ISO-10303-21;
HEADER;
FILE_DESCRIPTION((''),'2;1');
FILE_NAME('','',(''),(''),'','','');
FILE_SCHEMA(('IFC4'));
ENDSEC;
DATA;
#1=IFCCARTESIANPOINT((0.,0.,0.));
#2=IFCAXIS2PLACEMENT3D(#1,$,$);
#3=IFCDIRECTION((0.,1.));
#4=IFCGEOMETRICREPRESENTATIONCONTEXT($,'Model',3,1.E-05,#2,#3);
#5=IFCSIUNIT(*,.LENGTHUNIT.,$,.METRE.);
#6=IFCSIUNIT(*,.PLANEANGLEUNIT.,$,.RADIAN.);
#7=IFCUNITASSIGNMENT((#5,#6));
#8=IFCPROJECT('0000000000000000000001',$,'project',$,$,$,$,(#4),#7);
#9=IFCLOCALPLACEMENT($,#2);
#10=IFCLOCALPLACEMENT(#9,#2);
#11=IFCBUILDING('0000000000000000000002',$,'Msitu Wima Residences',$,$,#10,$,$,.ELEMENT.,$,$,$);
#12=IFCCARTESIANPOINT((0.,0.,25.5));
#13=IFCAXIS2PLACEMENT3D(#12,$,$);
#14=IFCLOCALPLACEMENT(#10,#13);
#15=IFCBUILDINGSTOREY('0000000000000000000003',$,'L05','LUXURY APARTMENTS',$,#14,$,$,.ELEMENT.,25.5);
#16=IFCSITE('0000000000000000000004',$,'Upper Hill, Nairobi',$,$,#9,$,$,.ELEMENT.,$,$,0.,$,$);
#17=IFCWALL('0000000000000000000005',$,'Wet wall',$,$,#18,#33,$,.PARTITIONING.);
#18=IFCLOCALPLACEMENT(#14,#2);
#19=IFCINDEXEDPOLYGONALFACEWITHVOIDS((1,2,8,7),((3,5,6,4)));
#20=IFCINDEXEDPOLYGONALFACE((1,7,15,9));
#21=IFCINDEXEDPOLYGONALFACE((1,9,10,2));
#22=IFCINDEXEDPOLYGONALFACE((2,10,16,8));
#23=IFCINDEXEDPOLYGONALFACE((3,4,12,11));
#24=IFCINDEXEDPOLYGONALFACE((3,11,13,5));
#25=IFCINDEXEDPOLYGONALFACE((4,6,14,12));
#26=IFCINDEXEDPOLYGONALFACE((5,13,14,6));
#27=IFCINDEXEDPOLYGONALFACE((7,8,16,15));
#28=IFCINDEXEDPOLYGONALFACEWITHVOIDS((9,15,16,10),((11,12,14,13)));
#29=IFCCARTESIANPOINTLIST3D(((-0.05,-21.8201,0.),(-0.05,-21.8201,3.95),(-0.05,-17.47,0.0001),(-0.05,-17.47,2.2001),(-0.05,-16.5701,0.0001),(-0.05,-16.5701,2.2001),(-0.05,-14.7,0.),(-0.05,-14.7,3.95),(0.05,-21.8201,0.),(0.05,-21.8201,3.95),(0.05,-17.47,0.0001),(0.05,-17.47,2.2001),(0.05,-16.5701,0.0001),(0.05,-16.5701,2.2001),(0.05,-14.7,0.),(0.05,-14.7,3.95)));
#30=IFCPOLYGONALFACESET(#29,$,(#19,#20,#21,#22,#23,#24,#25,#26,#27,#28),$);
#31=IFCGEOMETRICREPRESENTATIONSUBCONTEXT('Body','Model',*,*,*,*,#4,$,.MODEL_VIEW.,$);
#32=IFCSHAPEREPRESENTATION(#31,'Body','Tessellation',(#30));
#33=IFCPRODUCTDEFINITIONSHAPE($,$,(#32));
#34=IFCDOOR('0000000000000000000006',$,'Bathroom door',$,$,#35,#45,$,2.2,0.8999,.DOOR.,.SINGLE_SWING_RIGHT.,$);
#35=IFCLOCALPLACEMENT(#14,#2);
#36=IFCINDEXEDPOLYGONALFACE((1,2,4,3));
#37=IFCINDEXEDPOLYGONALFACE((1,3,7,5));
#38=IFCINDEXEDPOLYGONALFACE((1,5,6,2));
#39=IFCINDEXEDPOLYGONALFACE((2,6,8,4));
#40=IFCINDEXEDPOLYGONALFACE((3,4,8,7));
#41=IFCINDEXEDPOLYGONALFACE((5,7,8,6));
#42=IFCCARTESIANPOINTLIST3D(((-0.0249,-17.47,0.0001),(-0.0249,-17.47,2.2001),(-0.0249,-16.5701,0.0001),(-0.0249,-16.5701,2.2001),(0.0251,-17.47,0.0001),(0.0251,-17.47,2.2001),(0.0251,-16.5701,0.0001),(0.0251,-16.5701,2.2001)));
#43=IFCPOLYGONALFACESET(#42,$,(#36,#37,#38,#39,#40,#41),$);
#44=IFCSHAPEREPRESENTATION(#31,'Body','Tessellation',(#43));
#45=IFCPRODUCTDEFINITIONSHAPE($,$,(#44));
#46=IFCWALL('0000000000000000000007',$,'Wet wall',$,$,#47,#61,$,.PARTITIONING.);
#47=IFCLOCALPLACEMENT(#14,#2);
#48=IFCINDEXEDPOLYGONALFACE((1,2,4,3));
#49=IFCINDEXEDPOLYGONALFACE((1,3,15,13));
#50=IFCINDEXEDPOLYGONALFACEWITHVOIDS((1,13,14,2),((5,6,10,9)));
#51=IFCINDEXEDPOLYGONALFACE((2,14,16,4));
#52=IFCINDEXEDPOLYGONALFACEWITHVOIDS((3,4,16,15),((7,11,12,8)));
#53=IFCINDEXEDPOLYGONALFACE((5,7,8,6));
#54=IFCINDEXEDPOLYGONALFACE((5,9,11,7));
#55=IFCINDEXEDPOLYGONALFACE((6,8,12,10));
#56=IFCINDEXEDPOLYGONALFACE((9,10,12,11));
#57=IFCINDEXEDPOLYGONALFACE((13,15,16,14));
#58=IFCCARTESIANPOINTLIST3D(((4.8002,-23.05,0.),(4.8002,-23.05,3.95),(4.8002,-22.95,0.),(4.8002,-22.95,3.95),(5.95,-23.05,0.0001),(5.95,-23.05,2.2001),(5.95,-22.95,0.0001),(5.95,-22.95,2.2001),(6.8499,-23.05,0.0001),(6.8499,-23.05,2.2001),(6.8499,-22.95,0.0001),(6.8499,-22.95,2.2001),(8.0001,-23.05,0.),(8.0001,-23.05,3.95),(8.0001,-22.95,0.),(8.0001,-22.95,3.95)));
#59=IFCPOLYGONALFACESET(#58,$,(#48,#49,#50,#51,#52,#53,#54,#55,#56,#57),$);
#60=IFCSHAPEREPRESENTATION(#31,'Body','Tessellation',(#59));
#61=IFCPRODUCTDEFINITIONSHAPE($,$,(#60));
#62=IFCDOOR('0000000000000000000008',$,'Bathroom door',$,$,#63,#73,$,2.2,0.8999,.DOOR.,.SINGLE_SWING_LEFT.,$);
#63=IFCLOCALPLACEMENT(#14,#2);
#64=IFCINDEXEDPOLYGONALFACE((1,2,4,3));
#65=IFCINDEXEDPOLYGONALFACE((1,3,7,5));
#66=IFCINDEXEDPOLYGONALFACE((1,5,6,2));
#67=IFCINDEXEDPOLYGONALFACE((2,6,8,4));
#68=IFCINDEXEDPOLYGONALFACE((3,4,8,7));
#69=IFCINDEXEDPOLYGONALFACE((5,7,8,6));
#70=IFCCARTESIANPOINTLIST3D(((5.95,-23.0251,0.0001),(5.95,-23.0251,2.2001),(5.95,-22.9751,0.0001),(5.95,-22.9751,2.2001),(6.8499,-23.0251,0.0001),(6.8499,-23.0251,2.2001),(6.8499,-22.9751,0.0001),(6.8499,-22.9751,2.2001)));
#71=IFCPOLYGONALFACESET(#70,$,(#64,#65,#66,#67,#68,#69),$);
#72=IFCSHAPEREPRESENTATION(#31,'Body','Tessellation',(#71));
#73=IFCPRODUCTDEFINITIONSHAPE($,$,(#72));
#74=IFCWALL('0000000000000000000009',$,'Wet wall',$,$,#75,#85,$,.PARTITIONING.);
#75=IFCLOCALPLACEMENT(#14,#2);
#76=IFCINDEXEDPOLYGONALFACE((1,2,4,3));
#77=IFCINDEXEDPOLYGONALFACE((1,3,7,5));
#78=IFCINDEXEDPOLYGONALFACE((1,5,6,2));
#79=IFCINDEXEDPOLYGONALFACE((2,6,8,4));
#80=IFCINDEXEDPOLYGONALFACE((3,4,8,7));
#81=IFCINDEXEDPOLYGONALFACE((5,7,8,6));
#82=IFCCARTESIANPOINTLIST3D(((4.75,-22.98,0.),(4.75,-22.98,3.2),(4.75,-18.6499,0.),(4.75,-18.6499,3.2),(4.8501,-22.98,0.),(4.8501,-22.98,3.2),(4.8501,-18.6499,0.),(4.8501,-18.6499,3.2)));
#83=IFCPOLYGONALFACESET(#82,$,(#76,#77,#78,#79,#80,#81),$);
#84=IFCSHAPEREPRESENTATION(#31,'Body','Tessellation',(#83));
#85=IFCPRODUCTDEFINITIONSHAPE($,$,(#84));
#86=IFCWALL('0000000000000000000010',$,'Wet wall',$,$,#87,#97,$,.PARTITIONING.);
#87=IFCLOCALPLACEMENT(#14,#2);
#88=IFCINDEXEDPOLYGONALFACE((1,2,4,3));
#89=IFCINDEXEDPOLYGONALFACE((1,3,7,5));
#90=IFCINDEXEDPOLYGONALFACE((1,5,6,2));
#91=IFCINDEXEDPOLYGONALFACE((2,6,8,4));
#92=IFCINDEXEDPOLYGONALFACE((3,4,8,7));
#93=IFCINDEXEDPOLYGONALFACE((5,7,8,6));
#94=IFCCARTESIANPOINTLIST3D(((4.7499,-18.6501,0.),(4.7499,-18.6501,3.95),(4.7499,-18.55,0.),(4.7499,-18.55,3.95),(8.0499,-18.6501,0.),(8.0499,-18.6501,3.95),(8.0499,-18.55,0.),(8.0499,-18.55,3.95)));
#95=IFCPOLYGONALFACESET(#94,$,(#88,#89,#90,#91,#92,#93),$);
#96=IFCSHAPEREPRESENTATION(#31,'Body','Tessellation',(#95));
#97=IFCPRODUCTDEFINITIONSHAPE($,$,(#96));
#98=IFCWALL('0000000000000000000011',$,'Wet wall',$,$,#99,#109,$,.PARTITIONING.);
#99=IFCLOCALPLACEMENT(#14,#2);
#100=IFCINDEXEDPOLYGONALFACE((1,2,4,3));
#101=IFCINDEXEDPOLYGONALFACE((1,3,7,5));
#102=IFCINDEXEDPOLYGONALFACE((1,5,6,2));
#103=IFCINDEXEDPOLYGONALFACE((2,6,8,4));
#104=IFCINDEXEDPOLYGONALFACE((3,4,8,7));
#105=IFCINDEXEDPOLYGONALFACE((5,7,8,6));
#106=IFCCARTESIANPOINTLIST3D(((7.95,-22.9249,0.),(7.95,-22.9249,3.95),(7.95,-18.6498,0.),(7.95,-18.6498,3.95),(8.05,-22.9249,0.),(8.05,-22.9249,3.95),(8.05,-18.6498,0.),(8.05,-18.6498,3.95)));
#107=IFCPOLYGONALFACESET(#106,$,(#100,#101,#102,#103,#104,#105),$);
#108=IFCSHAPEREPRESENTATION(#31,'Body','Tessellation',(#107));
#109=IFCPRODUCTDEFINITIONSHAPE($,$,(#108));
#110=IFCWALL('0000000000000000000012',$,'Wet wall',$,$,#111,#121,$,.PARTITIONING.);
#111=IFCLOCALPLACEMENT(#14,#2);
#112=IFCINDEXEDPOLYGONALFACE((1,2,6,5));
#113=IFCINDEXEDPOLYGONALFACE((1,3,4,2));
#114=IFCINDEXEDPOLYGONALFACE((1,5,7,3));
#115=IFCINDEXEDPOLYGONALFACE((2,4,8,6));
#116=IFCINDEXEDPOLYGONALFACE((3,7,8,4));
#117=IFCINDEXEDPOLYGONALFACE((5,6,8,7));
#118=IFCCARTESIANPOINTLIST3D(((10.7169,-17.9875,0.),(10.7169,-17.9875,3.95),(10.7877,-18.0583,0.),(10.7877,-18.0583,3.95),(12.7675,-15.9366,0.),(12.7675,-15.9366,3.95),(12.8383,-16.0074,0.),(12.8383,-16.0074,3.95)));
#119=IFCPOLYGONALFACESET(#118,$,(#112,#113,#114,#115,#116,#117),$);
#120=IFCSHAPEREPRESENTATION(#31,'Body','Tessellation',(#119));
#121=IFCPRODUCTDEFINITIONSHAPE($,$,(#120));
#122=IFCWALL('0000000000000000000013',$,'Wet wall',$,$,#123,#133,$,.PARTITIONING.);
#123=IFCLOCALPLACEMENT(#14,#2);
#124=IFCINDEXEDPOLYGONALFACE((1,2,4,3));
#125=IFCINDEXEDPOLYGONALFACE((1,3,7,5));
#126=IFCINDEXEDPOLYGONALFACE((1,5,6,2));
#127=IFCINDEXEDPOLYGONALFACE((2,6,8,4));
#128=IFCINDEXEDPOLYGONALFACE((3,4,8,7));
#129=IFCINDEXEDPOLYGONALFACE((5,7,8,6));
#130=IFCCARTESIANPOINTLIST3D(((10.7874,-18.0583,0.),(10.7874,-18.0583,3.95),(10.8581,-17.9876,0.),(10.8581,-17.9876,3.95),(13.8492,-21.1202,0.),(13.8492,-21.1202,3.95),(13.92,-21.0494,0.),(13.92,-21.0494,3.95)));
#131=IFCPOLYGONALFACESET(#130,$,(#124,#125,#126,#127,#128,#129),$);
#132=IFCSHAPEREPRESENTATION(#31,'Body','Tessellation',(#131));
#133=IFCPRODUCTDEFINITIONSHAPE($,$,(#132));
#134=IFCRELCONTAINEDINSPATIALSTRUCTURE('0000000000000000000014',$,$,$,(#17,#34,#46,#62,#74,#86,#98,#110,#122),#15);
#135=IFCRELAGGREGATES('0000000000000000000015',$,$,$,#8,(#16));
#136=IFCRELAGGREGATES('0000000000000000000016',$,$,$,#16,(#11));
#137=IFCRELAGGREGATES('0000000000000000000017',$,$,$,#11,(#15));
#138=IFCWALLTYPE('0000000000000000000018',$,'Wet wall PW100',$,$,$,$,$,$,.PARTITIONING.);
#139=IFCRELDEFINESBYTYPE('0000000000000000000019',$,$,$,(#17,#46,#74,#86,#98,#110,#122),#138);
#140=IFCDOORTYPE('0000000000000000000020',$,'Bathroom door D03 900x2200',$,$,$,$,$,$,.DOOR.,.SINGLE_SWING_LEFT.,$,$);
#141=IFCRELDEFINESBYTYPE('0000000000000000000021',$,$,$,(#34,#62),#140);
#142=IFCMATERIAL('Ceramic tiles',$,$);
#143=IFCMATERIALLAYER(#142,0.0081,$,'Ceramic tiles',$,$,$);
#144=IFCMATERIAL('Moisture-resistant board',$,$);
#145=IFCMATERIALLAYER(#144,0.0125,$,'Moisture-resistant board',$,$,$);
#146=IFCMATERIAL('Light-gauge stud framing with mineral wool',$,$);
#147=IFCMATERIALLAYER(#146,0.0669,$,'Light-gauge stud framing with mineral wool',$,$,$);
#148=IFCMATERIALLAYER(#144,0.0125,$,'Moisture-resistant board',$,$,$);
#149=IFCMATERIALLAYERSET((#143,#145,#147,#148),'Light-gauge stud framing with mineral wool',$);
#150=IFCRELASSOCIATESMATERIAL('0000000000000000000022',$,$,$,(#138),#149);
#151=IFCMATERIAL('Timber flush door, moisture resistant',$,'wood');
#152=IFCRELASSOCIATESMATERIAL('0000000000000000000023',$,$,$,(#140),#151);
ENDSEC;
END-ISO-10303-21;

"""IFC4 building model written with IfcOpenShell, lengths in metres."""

from ifc_helpers import new_model, si_unit, direction, frame, frame_2d, origin, place, context, subcontext, project, spatial, rectangle, extrude, material, layer, layer_set, type_object, element, fill, save


model = new_model("IFC4")

# Units and contexts
model_context = context("Model", 3, precision=1e-05, world=origin(), true_north=direction((0.0, 1.0)))
body_context = subcontext(model_context, "Body", "Model", "MODEL_VIEW")
ifc_project = project(units=[si_unit("LENGTHUNIT", "METRE"), si_unit("PLANEANGLEUNIT", "RADIAN")], contexts=[model_context])

# Site, building, storey
site_placement = place(None, origin())
site = spatial("IfcSite", under=ifc_project, at=site_placement, Name="Upper Hill, Nairobi", CompositionType="ELEMENT", RefElevation=0.0)
building_placement = place(site_placement, origin())
building = spatial("IfcBuilding", under=site, at=building_placement, Name="Msitu Wima Residences", CompositionType="ELEMENT")
storey_placement = place(building_placement, frame((0.0, 0.0, 25.5)))
storey = spatial("IfcBuildingStorey", under=building, at=storey_placement, Name="L05", Description="LUXURY APARTMENTS", CompositionType="ELEMENT", Elevation=25.5)

# Walls, openings, doors
ifc_material_1 = material(Name="Ceramic tiles")
ifc_layer_1 = layer(ifc_material_1, 0.0081, Name="Ceramic tiles")
ifc_material_2 = material(Name="Moisture-resistant board")
ifc_layer_2 = layer(ifc_material_2, 0.0125, Name="Moisture-resistant board")
ifc_material_3 = material(Name="Light-gauge stud framing with mineral wool")
ifc_layer_3 = layer(ifc_material_3, 0.0669, Name="Light-gauge stud framing with mineral wool")
ifc_layer_4 = layer(ifc_material_2, 0.0125, Name="Moisture-resistant board")
ifc_layer_set_1 = layer_set([ifc_layer_1, ifc_layer_2, ifc_layer_3, ifc_layer_4], Name="Light-gauge stud framing with mineral wool")
wall_type_1 = type_object("IfcWallType", Name="Wet wall PW100", PredefinedType="PARTITIONING", material=ifc_layer_set_1)
wall_1_placement = place(storey_placement, frame((0.0, -21.8201, 0.0), z_axis=(0.0, 0.0, 1.0), x_axis=(0.0, 1.0, 0.0)))
wall_1 = element("IfcWall", 1, at=wall_1_placement, inside=storey, type_object=wall_type_1, Name="Wet wall", PredefinedType="PARTITIONING", context=body_context, shape_type="SweptSolid", body=[
    extrude(rectangle(XDim=7.1201, YDim=0.1001, at=frame_2d((3.5601, 0.0))), origin(), (0.0, 0.0, 1.0), 3.95),
])
opening_1_placement = place(wall_1_placement, frame((4.3501, 0.0, 0.0)))
opening_1 = element("IfcOpeningElement", 2, at=opening_1_placement, cuts=wall_1, PredefinedType="OPENING", context=body_context, shape_type="SweptSolid", body=[
    extrude(rectangle(XDim=0.8999, YDim=2.2, at=frame_2d((0.45, 1.1001))), frame((0.0, 0.0601, 0.0), z_axis=(0.0, -1.0, 0.0), x_axis=(1.0, 0.0, 0.0)), (0.0, 0.0, 1.0), 0.1201),
])
ifc_material_4 = material(Name="Timber flush door, moisture resistant", Category="wood")
door_type_1 = type_object("IfcDoorType", Name="Bathroom door D03 900x2200", OperationType="SINGLE_SWING_LEFT", PredefinedType="DOOR", material=ifc_material_4)
door_1_placement = place(opening_1_placement, origin())
door_1 = element("IfcDoor", 3, at=door_1_placement, inside=storey, type_object=door_type_1, Name="Bathroom door", OperationType="SINGLE_SWING_RIGHT", OverallHeight=2.2, OverallWidth=0.8999, PredefinedType="DOOR", context=body_context, shape_type="SweptSolid", body=[
    extrude(rectangle(XDim=0.8999, YDim=2.2, at=frame_2d((0.45, 1.1001))), frame((0.0, 0.0249, 0.0), z_axis=(0.0, -1.0, 0.0), x_axis=(1.0, 0.0, 0.0)), (0.0, 0.0, 1.0), 0.05),
])
fill(opening_1, door_1)
wall_2_placement = place(storey_placement, frame((4.8, -23.0, 0.0), z_axis=(0.0, 0.0, 1.0), x_axis=(1.0, 0.0, 0.0)))
wall_2 = element("IfcWall", 4, at=wall_2_placement, inside=storey, type_object=wall_type_1, Name="Wet wall", PredefinedType="PARTITIONING", context=body_context, shape_type="SweptSolid", body=[
    extrude(rectangle(XDim=3.2, YDim=0.1001, at=frame_2d((1.6001, 0.0))), origin(), (0.0, 0.0, 1.0), 3.95),
])
opening_2_placement = place(wall_2_placement, frame((1.1499, 0.0, 0.0)))
opening_2 = element("IfcOpeningElement", 5, at=opening_2_placement, cuts=wall_2, PredefinedType="OPENING", context=body_context, shape_type="SweptSolid", body=[
    extrude(rectangle(XDim=0.8999, YDim=2.2, at=frame_2d((0.45, 1.1001))), frame((0.0, 0.0601, 0.0), z_axis=(0.0, -1.0, 0.0), x_axis=(1.0, 0.0, 0.0)), (0.0, 0.0, 1.0), 0.1201),
])
door_2_placement = place(opening_2_placement, origin())
door_2 = element("IfcDoor", 6, at=door_2_placement, inside=storey, type_object=door_type_1, Name="Bathroom door", OperationType="SINGLE_SWING_LEFT", OverallHeight=2.2, OverallWidth=0.8999, PredefinedType="DOOR", context=body_context, shape_type="SweptSolid", body=[
    extrude(rectangle(XDim=0.8999, YDim=2.2, at=frame_2d((0.45, 1.1001))), frame((0.0, 0.0249, 0.0), z_axis=(0.0, -1.0, 0.0), x_axis=(1.0, 0.0, 0.0)), (0.0, 0.0, 1.0), 0.05),
])
fill(opening_2, door_2)

# Walls
wall_3_placement = place(storey_placement, frame((4.8, -22.98, 0.0), z_axis=(0.0, 0.0, 1.0), x_axis=(0.0, 1.0, 0.0)))
element("IfcWall", 7, at=wall_3_placement, inside=storey, type_object=wall_type_1, Name="Wet wall", PredefinedType="PARTITIONING", context=body_context, shape_type="SweptSolid", body=[
    extrude(rectangle(XDim=4.3301, YDim=0.1001, at=frame_2d((2.165, 0.0))), origin(), (0.0, 0.0, 1.0), 3.2),
])
wall_4_placement = place(storey_placement, frame((4.75, -18.6001, 0.0), z_axis=(0.0, 0.0, 1.0), x_axis=(1.0, 0.0, 0.0)))
element("IfcWall", 8, at=wall_4_placement, inside=storey, type_object=wall_type_1, Name="Wet wall", PredefinedType="PARTITIONING", context=body_context, shape_type="SweptSolid", body=[
    extrude(rectangle(XDim=3.3, YDim=0.1001, at=frame_2d((1.6499, 0.0))), origin(), (0.0, 0.0, 1.0), 3.95),
])
wall_5_placement = place(storey_placement, frame((8.0, -22.925, 0.0), z_axis=(0.0, 0.0, 1.0), x_axis=(0.0, 1.0, 0.0)))
element("IfcWall", 9, at=wall_5_placement, inside=storey, type_object=wall_type_1, Name="Wet wall", PredefinedType="PARTITIONING", context=body_context, shape_type="SweptSolid", body=[
    extrude(rectangle(XDim=4.2751, YDim=0.1001, at=frame_2d((2.1377, 0.0))), origin(), (0.0, 0.0, 1.0), 3.95),
])
wall_6_placement = place(storey_placement, frame((10.7522, -18.0229, 0.0), z_axis=(0.0, 0.0, 1.0), x_axis=(0.707065, 0.707149, 0.0)))
element("IfcWall", 10, at=wall_6_placement, inside=storey, type_object=wall_type_1, Name="Wet wall", PredefinedType="PARTITIONING", context=body_context, shape_type="SweptSolid", body=[
    extrude(rectangle(XDim=2.9001, YDim=0.1001, at=frame_2d((1.4502, 0.0))), origin(), (0.0, 0.0, 1.0), 3.95),
])
wall_7_placement = place(storey_placement, frame((10.8228, -18.0229, 0.0), z_axis=(0.0, 0.0, 1.0), x_axis=(0.707107, -0.707107, 0.0)))
element("IfcWall", 11, at=wall_7_placement, inside=storey, type_object=wall_type_1, Name="Wet wall", PredefinedType="PARTITIONING", context=body_context, shape_type="SweptSolid", body=[
    extrude(rectangle(XDim=4.3301, YDim=0.1001, at=frame_2d((2.165, 0.0))), origin(), (0.0, 0.0, 1.0), 3.95),
])

save(model, "model.ifc")
